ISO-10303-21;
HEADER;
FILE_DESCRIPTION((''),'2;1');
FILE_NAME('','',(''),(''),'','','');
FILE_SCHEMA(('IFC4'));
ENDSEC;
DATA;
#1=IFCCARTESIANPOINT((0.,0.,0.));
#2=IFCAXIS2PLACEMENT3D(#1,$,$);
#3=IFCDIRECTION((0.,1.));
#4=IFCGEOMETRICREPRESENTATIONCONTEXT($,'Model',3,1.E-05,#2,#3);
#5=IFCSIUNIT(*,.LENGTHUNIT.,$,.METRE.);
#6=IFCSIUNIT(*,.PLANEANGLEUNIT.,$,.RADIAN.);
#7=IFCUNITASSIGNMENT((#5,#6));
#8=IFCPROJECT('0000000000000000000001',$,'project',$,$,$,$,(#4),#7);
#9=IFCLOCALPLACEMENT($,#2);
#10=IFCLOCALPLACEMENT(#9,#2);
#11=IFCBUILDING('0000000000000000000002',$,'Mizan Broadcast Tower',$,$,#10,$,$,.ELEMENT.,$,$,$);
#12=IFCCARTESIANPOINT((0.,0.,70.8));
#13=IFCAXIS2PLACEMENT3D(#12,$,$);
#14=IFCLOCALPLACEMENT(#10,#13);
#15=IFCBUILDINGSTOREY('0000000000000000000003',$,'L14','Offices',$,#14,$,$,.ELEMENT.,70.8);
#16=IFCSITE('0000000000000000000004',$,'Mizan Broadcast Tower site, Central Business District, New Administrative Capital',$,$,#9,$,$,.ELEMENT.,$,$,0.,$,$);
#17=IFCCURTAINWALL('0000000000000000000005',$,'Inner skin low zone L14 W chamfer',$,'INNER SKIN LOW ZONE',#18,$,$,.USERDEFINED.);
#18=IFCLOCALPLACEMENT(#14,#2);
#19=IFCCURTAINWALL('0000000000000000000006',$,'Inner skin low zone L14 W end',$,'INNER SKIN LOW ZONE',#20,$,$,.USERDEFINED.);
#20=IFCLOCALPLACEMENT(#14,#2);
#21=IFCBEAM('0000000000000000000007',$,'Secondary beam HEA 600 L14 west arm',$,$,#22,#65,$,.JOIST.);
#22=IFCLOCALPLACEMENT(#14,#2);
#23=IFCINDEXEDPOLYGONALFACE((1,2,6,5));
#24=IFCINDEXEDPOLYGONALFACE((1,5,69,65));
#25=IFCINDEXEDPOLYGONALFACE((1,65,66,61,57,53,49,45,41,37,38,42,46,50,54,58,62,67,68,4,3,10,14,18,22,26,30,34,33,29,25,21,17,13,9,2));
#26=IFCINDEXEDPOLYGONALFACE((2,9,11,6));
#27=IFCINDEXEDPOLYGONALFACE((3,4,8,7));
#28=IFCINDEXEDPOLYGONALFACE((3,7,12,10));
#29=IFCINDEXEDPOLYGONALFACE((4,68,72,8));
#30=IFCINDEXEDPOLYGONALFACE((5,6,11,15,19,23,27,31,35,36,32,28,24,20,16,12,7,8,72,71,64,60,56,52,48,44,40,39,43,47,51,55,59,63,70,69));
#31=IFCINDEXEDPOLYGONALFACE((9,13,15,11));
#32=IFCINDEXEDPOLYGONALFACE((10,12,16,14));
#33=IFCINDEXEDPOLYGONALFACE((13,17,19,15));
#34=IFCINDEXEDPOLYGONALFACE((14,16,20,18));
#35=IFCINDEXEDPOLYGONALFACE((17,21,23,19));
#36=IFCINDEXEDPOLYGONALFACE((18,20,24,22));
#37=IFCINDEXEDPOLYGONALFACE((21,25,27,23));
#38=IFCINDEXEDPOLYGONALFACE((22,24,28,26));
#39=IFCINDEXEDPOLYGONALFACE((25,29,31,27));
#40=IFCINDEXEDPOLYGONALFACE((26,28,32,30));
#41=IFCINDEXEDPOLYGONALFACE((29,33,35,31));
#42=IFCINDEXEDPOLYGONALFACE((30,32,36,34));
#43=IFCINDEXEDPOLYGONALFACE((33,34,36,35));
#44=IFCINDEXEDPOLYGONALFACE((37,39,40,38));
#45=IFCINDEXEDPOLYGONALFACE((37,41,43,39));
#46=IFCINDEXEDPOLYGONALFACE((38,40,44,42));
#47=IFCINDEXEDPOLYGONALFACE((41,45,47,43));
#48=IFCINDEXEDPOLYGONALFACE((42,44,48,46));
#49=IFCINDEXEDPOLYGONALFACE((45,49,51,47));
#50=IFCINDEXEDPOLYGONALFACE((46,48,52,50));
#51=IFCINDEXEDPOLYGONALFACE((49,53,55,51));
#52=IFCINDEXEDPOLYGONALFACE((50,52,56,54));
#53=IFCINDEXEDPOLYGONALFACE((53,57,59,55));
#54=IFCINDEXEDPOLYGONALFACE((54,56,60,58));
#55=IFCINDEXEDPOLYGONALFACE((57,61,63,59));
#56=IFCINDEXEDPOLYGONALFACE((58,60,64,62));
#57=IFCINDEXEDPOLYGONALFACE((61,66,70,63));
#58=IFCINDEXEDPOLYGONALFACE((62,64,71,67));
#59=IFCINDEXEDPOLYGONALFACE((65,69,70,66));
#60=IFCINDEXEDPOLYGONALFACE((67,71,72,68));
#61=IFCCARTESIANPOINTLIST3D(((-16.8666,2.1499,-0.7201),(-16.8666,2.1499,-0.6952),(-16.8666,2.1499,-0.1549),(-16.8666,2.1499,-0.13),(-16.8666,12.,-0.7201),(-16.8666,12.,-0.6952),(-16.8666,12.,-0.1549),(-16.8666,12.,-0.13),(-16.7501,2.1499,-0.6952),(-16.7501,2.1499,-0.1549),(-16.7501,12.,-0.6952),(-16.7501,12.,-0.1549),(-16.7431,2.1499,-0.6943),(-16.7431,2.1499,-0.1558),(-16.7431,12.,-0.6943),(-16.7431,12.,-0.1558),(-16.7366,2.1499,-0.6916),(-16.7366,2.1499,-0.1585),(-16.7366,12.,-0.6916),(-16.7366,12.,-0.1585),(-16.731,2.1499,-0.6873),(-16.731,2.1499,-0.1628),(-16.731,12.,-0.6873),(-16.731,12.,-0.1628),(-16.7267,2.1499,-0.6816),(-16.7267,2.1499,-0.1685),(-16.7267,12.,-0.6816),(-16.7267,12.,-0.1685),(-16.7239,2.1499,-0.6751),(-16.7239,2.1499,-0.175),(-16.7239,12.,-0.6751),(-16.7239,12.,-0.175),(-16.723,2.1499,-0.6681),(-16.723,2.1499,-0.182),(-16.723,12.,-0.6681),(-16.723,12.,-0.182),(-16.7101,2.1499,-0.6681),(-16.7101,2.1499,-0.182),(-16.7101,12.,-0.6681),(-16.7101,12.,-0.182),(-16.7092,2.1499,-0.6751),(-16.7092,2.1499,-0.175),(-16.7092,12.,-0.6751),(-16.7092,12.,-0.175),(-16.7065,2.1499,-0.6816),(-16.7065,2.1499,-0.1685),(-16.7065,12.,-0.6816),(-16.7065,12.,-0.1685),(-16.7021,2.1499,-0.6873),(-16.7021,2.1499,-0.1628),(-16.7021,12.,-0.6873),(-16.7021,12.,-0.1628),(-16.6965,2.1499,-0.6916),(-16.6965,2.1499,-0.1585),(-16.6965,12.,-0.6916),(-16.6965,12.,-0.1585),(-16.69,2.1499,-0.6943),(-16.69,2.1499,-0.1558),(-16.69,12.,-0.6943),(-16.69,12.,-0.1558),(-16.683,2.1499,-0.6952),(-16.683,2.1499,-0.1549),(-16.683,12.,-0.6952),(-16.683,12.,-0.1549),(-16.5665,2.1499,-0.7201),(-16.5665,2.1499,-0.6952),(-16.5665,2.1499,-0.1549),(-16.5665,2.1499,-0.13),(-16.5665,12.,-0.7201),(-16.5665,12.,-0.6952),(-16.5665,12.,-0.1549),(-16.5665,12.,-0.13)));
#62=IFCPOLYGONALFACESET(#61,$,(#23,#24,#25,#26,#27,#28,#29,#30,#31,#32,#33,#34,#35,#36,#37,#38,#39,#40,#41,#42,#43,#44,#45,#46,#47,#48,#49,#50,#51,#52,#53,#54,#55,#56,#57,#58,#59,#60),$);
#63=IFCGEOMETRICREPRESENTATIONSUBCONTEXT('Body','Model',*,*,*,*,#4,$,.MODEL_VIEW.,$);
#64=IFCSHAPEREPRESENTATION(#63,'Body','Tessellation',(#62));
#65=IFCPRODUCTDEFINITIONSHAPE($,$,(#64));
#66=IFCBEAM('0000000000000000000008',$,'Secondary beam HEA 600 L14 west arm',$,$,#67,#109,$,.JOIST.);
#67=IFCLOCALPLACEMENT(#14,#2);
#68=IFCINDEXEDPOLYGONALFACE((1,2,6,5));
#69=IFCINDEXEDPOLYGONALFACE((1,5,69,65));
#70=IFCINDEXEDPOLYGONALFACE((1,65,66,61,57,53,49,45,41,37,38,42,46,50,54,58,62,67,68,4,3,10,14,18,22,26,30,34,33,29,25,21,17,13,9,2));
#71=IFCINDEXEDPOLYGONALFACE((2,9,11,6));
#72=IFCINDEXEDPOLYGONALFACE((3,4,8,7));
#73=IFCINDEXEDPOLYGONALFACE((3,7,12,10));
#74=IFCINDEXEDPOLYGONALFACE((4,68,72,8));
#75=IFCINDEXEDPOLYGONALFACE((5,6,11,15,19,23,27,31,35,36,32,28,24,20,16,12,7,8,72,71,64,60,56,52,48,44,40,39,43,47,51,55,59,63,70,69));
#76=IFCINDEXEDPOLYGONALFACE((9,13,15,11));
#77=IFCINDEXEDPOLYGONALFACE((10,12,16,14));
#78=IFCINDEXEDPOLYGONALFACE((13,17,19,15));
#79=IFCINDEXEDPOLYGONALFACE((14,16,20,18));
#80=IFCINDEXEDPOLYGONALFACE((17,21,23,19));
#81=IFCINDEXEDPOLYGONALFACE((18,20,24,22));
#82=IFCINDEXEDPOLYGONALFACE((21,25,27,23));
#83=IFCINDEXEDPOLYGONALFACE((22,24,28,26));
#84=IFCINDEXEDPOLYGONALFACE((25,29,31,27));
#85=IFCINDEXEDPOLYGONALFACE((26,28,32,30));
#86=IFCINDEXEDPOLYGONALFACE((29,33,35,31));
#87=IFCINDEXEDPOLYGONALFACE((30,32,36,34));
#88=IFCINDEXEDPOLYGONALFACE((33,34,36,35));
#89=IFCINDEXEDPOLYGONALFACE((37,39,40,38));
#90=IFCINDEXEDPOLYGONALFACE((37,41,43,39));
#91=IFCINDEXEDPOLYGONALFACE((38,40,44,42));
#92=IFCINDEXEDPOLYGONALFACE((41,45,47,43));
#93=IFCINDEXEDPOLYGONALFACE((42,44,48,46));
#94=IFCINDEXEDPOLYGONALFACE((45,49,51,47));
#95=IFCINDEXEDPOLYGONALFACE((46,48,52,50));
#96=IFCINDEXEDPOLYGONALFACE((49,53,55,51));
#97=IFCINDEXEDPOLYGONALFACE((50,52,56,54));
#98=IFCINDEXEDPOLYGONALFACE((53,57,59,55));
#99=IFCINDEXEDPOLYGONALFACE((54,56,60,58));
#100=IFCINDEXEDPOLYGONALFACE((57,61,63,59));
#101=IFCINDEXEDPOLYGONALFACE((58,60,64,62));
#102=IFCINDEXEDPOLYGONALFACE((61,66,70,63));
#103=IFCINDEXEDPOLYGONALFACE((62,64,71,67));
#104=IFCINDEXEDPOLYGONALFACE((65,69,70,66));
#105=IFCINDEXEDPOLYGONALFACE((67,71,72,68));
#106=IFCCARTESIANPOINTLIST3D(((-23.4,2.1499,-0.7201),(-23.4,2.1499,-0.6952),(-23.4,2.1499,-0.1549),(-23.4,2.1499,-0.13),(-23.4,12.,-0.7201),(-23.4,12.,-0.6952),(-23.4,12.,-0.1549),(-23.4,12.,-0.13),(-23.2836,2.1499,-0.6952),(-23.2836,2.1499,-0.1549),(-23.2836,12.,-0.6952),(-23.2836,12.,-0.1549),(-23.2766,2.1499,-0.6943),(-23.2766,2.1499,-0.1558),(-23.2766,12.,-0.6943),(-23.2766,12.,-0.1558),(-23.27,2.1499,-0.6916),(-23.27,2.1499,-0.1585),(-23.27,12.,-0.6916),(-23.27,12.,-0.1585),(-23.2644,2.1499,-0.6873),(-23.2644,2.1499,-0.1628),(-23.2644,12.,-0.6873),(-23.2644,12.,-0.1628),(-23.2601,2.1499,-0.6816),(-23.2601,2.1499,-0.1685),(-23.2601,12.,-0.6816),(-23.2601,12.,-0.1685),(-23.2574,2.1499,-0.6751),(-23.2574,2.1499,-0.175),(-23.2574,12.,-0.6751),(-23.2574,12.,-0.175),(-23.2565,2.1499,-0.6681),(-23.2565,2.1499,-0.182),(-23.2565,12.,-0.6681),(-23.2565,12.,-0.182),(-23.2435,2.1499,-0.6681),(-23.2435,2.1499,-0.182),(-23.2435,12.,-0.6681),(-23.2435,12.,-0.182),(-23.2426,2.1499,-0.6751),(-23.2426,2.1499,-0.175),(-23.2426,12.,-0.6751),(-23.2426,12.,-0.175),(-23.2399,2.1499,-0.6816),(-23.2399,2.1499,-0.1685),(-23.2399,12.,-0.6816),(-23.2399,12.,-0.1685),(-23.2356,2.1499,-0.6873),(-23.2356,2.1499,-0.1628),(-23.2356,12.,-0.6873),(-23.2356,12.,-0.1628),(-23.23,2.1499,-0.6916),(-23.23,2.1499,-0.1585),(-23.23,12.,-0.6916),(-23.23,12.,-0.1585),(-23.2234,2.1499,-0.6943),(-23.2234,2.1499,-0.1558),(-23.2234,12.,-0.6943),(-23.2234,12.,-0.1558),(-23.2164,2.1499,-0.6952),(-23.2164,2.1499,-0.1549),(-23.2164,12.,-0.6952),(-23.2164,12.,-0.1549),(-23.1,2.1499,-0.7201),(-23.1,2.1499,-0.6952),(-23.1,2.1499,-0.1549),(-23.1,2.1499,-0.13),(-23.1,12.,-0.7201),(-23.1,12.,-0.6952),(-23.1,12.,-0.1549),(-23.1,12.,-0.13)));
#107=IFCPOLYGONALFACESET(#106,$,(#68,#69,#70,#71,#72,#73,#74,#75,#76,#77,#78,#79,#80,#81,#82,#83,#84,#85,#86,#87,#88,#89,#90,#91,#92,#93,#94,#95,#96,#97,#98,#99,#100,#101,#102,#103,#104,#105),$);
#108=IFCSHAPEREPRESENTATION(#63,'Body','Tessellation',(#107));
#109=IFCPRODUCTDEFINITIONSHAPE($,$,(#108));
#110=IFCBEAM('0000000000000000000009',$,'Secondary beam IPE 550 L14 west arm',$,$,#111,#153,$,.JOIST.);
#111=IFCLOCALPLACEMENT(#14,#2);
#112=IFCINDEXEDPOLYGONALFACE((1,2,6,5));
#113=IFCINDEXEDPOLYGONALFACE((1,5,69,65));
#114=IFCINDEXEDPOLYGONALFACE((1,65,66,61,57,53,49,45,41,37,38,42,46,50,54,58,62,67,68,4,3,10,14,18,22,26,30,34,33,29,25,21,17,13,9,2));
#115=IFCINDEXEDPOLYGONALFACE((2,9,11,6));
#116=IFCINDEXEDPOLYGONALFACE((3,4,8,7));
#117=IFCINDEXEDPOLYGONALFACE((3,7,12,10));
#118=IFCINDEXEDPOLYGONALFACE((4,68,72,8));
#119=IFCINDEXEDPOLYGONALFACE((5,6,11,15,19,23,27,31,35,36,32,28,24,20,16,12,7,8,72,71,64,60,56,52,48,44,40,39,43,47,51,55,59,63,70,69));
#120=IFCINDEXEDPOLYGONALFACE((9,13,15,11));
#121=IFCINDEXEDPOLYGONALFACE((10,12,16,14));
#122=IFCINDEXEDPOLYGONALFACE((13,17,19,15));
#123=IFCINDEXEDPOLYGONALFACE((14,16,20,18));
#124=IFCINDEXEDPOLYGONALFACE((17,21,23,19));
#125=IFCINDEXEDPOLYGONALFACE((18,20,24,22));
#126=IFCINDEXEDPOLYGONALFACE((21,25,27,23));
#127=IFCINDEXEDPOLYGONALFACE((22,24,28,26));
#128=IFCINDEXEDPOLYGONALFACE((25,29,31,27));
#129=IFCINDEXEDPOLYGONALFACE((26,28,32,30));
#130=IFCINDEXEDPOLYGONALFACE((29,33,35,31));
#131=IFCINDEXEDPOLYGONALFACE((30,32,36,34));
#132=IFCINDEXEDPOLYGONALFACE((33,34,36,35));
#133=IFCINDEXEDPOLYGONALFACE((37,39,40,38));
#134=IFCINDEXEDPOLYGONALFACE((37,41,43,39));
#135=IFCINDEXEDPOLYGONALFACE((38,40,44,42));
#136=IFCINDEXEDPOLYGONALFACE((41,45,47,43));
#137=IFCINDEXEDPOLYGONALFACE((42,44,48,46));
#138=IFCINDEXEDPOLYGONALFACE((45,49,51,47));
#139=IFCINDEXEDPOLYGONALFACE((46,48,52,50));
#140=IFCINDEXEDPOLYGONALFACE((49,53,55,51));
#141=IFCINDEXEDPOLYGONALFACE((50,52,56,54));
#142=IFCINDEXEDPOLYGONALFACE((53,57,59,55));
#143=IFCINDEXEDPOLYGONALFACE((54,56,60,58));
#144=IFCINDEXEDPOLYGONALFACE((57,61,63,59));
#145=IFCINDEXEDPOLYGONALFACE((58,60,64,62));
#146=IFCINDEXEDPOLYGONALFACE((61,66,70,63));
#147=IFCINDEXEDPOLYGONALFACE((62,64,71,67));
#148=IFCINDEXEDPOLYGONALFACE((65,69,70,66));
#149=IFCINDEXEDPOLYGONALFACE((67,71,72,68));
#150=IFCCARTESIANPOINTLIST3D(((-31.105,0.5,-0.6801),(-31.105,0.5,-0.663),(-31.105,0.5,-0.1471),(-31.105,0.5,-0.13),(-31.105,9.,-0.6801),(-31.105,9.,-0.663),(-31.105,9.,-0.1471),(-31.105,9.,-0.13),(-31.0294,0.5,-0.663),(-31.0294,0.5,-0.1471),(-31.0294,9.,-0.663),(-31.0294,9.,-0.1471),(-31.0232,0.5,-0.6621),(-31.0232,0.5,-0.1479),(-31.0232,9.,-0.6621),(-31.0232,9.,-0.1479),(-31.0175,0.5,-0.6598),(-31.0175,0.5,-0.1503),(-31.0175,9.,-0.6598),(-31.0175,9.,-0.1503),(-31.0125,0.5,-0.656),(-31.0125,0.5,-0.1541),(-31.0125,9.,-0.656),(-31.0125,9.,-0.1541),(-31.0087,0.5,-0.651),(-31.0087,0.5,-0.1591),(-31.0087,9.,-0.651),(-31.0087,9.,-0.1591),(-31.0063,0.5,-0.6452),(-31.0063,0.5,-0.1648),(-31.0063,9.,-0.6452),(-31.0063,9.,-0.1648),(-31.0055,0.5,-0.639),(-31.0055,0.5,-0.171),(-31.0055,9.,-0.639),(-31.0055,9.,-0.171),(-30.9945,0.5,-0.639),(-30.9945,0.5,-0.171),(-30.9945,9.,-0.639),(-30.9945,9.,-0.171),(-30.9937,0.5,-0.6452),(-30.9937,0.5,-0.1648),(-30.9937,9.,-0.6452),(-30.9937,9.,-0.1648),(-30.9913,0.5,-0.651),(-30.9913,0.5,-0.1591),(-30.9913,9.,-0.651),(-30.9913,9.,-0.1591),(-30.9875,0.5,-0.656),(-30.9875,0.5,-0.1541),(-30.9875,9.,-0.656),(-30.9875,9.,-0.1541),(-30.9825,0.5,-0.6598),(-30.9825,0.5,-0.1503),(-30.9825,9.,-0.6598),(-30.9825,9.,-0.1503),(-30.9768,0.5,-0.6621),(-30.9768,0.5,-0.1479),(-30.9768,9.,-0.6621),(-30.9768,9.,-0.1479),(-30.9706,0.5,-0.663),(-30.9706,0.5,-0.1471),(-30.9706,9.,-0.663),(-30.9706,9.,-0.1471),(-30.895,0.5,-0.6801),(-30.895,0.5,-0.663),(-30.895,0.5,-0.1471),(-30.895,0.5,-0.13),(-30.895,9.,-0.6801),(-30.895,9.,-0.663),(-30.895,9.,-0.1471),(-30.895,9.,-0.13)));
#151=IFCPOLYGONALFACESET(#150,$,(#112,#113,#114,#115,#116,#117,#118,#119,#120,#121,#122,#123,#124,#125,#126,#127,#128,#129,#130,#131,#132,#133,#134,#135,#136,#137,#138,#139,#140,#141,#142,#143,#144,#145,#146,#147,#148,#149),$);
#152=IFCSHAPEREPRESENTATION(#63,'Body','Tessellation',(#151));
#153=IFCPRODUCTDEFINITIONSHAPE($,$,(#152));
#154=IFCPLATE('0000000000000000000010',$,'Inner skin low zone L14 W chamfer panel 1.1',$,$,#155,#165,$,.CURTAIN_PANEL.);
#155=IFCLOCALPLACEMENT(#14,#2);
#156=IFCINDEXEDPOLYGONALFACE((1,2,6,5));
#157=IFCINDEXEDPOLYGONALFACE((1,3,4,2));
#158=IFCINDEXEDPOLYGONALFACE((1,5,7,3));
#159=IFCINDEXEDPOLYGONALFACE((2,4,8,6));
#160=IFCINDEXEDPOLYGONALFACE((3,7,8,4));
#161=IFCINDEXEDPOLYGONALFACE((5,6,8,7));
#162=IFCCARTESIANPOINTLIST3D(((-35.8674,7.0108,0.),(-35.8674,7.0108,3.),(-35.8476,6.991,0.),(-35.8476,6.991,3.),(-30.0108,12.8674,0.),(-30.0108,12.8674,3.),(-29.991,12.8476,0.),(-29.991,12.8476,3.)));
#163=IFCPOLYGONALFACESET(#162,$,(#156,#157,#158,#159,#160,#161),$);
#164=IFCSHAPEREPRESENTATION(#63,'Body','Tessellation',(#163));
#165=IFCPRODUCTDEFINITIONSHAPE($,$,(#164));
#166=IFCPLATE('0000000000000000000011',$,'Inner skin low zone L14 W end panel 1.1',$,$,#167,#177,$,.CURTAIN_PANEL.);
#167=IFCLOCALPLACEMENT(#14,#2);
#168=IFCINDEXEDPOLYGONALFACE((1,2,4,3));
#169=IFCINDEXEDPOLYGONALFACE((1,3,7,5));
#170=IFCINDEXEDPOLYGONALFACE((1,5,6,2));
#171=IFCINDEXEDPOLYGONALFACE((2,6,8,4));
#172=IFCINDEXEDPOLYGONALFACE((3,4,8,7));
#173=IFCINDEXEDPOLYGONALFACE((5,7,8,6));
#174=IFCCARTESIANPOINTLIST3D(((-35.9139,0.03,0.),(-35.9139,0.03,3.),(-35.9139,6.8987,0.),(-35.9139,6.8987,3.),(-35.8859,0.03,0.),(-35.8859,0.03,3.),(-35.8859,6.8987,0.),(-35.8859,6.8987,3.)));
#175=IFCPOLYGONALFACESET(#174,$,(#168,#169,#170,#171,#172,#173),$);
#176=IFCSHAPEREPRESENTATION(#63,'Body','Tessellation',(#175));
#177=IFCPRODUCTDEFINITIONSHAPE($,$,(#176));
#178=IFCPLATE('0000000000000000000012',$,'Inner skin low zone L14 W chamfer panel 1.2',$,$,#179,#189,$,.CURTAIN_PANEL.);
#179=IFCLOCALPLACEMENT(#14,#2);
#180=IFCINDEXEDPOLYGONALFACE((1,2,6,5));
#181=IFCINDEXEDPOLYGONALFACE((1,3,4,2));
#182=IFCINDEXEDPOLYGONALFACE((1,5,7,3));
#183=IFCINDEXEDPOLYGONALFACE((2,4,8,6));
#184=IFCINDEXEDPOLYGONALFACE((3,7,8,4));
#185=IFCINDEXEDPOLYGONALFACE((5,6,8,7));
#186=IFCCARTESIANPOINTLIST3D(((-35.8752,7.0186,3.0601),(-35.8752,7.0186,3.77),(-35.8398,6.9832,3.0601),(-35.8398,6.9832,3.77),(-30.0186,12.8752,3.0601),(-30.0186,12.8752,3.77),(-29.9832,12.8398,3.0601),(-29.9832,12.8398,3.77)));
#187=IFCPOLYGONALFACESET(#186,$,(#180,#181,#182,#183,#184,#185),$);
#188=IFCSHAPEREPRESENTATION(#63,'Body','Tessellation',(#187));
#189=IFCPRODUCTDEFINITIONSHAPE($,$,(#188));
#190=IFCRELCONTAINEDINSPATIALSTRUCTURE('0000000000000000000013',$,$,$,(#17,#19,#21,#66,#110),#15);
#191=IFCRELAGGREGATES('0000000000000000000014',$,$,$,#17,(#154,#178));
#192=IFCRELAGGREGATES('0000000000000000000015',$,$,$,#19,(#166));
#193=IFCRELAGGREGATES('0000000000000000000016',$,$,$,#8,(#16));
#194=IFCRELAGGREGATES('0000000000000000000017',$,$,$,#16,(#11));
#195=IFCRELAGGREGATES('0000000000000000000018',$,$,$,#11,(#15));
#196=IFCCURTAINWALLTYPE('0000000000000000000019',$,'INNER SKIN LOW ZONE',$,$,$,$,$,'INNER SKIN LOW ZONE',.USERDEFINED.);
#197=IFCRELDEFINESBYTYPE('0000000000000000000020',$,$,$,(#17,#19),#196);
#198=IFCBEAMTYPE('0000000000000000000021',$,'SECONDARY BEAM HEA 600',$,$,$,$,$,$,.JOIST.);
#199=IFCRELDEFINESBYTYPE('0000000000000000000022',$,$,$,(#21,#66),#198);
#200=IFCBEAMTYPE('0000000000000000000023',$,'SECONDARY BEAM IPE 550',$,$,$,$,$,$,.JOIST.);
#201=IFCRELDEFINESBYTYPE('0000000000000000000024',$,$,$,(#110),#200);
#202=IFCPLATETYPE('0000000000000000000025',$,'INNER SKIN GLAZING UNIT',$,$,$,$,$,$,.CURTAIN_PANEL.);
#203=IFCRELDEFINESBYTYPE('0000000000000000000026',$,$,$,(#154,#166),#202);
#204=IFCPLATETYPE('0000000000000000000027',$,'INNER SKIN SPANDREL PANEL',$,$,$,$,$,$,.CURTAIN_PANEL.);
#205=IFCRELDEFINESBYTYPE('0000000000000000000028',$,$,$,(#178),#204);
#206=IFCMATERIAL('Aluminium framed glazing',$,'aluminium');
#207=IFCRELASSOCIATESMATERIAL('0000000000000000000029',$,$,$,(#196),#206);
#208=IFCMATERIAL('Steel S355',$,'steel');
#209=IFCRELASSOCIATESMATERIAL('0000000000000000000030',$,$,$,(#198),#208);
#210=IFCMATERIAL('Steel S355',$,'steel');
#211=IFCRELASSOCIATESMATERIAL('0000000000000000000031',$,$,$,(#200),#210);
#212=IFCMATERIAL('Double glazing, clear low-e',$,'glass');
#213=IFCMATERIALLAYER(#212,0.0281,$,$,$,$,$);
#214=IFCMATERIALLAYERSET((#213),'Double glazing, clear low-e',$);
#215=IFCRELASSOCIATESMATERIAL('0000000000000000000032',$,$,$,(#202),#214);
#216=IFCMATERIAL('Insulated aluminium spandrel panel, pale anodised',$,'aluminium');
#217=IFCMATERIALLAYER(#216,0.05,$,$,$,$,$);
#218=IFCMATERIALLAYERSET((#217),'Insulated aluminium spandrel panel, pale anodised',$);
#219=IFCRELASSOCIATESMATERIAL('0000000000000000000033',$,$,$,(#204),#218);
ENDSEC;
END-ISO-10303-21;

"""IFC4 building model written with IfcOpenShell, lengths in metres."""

from ifc_helpers import new_model, si_unit, direction, frame, origin, origin_2d, place, context, subcontext, project, spatial, rectangle, i_section, extrude, material, layer, layer_set, material_profile, profile_set, type_object, element, aggregate, save


model = new_model("IFC4")

# Units and contexts
model_context = context("Model", 3, precision=1e-05, world=origin(), true_north=direction((0.0, 1.0)))
body_context = subcontext(model_context, "Body", "Model", "MODEL_VIEW")
ifc_project = project(units=[si_unit("LENGTHUNIT", "METRE"), si_unit("PLANEANGLEUNIT", "RADIAN")], contexts=[model_context])

# Site, building, storey
site_placement = place(None, origin())
site = spatial("IfcSite", under=ifc_project, at=site_placement, Name="Mizan Broadcast Tower site, Central Business District, New Administrative Capital", CompositionType="ELEMENT", RefElevation=0.0)
building_placement = place(site_placement, origin())
building = spatial("IfcBuilding", under=site, at=building_placement, Name="Mizan Broadcast Tower", CompositionType="ELEMENT")
storey_placement = place(building_placement, frame((0.0, 0.0, 70.8)))
storey = spatial("IfcBuildingStorey", under=building, at=storey_placement, Name="L14", Description="Offices", CompositionType="ELEMENT", Elevation=70.8)

# Curtain walls
ifc_material_1 = material(Name="Aluminium framed glazing", Category="aluminium")
curtain_wall_type_1 = type_object("IfcCurtainWallType", Name="INNER SKIN LOW ZONE", ElementType="INNER SKIN LOW ZONE", PredefinedType="USERDEFINED", material=ifc_material_1)
curtain_wall_1_placement = place(storey_placement, origin())
curtain_wall_1 = element("IfcCurtainWall", 1, at=curtain_wall_1_placement, inside=storey, type_object=curtain_wall_type_1, Name="Inner skin low zone L14 W chamfer", ObjectType="INNER SKIN LOW ZONE", PredefinedType="USERDEFINED")
curtain_wall_2_placement = place(storey_placement, origin())
curtain_wall_2 = element("IfcCurtainWall", 2, at=curtain_wall_2_placement, inside=storey, type_object=curtain_wall_type_1, Name="Inner skin low zone L14 W end", ObjectType="INNER SKIN LOW ZONE", PredefinedType="USERDEFINED")

# Beams
ifc_material_2 = material(Name="Steel S355", Category="steel")
ifc_material_profile_1 = material_profile(ifc_material_2, i_section(OverallWidth=0.3, OverallDepth=0.5901, WebThickness=0.0129, FlangeThickness=0.0249, FilletRadius=0.0271, at=origin_2d()), Name="HEA 600")
ifc_profile_set_1 = profile_set([ifc_material_profile_1], Name="Steel S355")
beam_type_1 = type_object("IfcBeamType", Name="SECONDARY BEAM HEA 600", PredefinedType="JOIST", material=ifc_profile_set_1)
for number, where, z_axis, x_axis, name in (
    (3, (-16.7166, 12.0, -0.425), (0.0, -1.0, 0.0), (1.0, 0.0, 0.0), "Secondary beam HEA 600 L14 west arm"),
    (4, (-23.25, 12.0, -0.425), (0.0, -1.0, 0.0), (1.0, 0.0, 0.0), "Secondary beam HEA 600 L14 west arm"),
):
    element("IfcBeam", number, at=place(storey_placement, frame(where, z_axis=z_axis, x_axis=x_axis)), inside=storey, type_object=beam_type_1, Name=name, PredefinedType="JOIST", context=body_context, shape_type="SweptSolid", body=[
        extrude(i_section(OverallWidth=0.3, OverallDepth=0.5901, WebThickness=0.0129, FlangeThickness=0.0249, FilletRadius=0.0271, at=origin_2d()), origin(), (0.0, 0.0, 1.0), 9.8501),
    ])
ifc_material_3 = material(Name="Steel S355", Category="steel")
ifc_material_profile_2 = material_profile(ifc_material_3, i_section(OverallWidth=0.21, OverallDepth=0.55, WebThickness=0.011, FlangeThickness=0.0171, FilletRadius=0.0239, at=origin_2d()), Name="IPE 550")
ifc_profile_set_2 = profile_set([ifc_material_profile_2], Name="Steel S355")
beam_type_2 = type_object("IfcBeamType", Name="SECONDARY BEAM IPE 550", PredefinedType="JOIST", material=ifc_profile_set_2)
beam_1_placement = place(storey_placement, frame((-31.0, 9.0, -0.405), z_axis=(0.0, -1.0, 0.0), x_axis=(1.0, 0.0, 0.0)))
element("IfcBeam", 5, at=beam_1_placement, inside=storey, type_object=beam_type_2, Name="Secondary beam IPE 550 L14 west arm", PredefinedType="JOIST", context=body_context, shape_type="SweptSolid", body=[
    extrude(i_section(OverallWidth=0.21, OverallDepth=0.55, WebThickness=0.011, FlangeThickness=0.0171, FilletRadius=0.0239, at=origin_2d()), origin(), (0.0, 0.0, 1.0), 8.5),
])

# Plates
ifc_material_4 = material(Name="Double glazing, clear low-e", Category="glass")
ifc_layer_1 = layer(ifc_material_4, 0.0281)
ifc_layer_set_1 = layer_set([ifc_layer_1], Name="Double glazing, clear low-e")
plate_type_1 = type_object("IfcPlateType", Name="INNER SKIN GLAZING UNIT", PredefinedType="CURTAIN_PANEL", material=ifc_layer_set_1)
plate_1_placement = place(storey_placement, frame((-32.9292, 9.9292, 0.0), z_axis=(0.0, 0.0, 1.0), x_axis=(-0.707107, -0.707107, 0.0)))
plate_1 = element("IfcPlate", 6, at=plate_1_placement, type_object=plate_type_1, Name="Inner skin low zone L14 W chamfer panel 1.1", PredefinedType="CURTAIN_PANEL", context=body_context, shape_type="SweptSolid", body=[
    extrude(rectangle(XDim=8.2825, YDim=0.0281, at=origin_2d()), origin(), (0.0, 0.0, 1.0), 3.0),
])
plate_2_placement = place(storey_placement, frame((-35.8999, 3.4644, 0.0), z_axis=(0.0, 0.0, 1.0), x_axis=(0.0, -1.0, 0.0)))
plate_2 = element("IfcPlate", 7, at=plate_2_placement, type_object=plate_type_1, Name="Inner skin low zone L14 W end panel 1.1", PredefinedType="CURTAIN_PANEL", context=body_context, shape_type="SweptSolid", body=[
    extrude(rectangle(XDim=6.8687, YDim=0.0281, at=origin_2d()), origin(), (0.0, 0.0, 1.0), 3.0),
])
ifc_material_5 = material(Name="Insulated aluminium spandrel panel, pale anodised", Category="aluminium")
ifc_layer_2 = layer(ifc_material_5, 0.05)
ifc_layer_set_2 = layer_set([ifc_layer_2], Name="Insulated aluminium spandrel panel, pale anodised")
plate_type_2 = type_object("IfcPlateType", Name="INNER SKIN SPANDREL PANEL", PredefinedType="CURTAIN_PANEL", material=ifc_layer_set_2)
plate_3_placement = place(storey_placement, frame((-32.9292, 9.9292, 3.0601), z_axis=(0.0, 0.0, 1.0), x_axis=(-0.707107, -0.707107, 0.0)))
plate_3 = element("IfcPlate", 8, at=plate_3_placement, type_object=plate_type_2, Name="Inner skin low zone L14 W chamfer panel 1.2", PredefinedType="CURTAIN_PANEL", context=body_context, shape_type="SweptSolid", body=[
    extrude(rectangle(XDim=8.2825, YDim=0.05, at=origin_2d()), origin(), (0.0, 0.0, 1.0), 0.71),
])
aggregate(curtain_wall_1, [plate_1, plate_3])
aggregate(curtain_wall_2, [plate_2])

save(model, "model.ifc")
